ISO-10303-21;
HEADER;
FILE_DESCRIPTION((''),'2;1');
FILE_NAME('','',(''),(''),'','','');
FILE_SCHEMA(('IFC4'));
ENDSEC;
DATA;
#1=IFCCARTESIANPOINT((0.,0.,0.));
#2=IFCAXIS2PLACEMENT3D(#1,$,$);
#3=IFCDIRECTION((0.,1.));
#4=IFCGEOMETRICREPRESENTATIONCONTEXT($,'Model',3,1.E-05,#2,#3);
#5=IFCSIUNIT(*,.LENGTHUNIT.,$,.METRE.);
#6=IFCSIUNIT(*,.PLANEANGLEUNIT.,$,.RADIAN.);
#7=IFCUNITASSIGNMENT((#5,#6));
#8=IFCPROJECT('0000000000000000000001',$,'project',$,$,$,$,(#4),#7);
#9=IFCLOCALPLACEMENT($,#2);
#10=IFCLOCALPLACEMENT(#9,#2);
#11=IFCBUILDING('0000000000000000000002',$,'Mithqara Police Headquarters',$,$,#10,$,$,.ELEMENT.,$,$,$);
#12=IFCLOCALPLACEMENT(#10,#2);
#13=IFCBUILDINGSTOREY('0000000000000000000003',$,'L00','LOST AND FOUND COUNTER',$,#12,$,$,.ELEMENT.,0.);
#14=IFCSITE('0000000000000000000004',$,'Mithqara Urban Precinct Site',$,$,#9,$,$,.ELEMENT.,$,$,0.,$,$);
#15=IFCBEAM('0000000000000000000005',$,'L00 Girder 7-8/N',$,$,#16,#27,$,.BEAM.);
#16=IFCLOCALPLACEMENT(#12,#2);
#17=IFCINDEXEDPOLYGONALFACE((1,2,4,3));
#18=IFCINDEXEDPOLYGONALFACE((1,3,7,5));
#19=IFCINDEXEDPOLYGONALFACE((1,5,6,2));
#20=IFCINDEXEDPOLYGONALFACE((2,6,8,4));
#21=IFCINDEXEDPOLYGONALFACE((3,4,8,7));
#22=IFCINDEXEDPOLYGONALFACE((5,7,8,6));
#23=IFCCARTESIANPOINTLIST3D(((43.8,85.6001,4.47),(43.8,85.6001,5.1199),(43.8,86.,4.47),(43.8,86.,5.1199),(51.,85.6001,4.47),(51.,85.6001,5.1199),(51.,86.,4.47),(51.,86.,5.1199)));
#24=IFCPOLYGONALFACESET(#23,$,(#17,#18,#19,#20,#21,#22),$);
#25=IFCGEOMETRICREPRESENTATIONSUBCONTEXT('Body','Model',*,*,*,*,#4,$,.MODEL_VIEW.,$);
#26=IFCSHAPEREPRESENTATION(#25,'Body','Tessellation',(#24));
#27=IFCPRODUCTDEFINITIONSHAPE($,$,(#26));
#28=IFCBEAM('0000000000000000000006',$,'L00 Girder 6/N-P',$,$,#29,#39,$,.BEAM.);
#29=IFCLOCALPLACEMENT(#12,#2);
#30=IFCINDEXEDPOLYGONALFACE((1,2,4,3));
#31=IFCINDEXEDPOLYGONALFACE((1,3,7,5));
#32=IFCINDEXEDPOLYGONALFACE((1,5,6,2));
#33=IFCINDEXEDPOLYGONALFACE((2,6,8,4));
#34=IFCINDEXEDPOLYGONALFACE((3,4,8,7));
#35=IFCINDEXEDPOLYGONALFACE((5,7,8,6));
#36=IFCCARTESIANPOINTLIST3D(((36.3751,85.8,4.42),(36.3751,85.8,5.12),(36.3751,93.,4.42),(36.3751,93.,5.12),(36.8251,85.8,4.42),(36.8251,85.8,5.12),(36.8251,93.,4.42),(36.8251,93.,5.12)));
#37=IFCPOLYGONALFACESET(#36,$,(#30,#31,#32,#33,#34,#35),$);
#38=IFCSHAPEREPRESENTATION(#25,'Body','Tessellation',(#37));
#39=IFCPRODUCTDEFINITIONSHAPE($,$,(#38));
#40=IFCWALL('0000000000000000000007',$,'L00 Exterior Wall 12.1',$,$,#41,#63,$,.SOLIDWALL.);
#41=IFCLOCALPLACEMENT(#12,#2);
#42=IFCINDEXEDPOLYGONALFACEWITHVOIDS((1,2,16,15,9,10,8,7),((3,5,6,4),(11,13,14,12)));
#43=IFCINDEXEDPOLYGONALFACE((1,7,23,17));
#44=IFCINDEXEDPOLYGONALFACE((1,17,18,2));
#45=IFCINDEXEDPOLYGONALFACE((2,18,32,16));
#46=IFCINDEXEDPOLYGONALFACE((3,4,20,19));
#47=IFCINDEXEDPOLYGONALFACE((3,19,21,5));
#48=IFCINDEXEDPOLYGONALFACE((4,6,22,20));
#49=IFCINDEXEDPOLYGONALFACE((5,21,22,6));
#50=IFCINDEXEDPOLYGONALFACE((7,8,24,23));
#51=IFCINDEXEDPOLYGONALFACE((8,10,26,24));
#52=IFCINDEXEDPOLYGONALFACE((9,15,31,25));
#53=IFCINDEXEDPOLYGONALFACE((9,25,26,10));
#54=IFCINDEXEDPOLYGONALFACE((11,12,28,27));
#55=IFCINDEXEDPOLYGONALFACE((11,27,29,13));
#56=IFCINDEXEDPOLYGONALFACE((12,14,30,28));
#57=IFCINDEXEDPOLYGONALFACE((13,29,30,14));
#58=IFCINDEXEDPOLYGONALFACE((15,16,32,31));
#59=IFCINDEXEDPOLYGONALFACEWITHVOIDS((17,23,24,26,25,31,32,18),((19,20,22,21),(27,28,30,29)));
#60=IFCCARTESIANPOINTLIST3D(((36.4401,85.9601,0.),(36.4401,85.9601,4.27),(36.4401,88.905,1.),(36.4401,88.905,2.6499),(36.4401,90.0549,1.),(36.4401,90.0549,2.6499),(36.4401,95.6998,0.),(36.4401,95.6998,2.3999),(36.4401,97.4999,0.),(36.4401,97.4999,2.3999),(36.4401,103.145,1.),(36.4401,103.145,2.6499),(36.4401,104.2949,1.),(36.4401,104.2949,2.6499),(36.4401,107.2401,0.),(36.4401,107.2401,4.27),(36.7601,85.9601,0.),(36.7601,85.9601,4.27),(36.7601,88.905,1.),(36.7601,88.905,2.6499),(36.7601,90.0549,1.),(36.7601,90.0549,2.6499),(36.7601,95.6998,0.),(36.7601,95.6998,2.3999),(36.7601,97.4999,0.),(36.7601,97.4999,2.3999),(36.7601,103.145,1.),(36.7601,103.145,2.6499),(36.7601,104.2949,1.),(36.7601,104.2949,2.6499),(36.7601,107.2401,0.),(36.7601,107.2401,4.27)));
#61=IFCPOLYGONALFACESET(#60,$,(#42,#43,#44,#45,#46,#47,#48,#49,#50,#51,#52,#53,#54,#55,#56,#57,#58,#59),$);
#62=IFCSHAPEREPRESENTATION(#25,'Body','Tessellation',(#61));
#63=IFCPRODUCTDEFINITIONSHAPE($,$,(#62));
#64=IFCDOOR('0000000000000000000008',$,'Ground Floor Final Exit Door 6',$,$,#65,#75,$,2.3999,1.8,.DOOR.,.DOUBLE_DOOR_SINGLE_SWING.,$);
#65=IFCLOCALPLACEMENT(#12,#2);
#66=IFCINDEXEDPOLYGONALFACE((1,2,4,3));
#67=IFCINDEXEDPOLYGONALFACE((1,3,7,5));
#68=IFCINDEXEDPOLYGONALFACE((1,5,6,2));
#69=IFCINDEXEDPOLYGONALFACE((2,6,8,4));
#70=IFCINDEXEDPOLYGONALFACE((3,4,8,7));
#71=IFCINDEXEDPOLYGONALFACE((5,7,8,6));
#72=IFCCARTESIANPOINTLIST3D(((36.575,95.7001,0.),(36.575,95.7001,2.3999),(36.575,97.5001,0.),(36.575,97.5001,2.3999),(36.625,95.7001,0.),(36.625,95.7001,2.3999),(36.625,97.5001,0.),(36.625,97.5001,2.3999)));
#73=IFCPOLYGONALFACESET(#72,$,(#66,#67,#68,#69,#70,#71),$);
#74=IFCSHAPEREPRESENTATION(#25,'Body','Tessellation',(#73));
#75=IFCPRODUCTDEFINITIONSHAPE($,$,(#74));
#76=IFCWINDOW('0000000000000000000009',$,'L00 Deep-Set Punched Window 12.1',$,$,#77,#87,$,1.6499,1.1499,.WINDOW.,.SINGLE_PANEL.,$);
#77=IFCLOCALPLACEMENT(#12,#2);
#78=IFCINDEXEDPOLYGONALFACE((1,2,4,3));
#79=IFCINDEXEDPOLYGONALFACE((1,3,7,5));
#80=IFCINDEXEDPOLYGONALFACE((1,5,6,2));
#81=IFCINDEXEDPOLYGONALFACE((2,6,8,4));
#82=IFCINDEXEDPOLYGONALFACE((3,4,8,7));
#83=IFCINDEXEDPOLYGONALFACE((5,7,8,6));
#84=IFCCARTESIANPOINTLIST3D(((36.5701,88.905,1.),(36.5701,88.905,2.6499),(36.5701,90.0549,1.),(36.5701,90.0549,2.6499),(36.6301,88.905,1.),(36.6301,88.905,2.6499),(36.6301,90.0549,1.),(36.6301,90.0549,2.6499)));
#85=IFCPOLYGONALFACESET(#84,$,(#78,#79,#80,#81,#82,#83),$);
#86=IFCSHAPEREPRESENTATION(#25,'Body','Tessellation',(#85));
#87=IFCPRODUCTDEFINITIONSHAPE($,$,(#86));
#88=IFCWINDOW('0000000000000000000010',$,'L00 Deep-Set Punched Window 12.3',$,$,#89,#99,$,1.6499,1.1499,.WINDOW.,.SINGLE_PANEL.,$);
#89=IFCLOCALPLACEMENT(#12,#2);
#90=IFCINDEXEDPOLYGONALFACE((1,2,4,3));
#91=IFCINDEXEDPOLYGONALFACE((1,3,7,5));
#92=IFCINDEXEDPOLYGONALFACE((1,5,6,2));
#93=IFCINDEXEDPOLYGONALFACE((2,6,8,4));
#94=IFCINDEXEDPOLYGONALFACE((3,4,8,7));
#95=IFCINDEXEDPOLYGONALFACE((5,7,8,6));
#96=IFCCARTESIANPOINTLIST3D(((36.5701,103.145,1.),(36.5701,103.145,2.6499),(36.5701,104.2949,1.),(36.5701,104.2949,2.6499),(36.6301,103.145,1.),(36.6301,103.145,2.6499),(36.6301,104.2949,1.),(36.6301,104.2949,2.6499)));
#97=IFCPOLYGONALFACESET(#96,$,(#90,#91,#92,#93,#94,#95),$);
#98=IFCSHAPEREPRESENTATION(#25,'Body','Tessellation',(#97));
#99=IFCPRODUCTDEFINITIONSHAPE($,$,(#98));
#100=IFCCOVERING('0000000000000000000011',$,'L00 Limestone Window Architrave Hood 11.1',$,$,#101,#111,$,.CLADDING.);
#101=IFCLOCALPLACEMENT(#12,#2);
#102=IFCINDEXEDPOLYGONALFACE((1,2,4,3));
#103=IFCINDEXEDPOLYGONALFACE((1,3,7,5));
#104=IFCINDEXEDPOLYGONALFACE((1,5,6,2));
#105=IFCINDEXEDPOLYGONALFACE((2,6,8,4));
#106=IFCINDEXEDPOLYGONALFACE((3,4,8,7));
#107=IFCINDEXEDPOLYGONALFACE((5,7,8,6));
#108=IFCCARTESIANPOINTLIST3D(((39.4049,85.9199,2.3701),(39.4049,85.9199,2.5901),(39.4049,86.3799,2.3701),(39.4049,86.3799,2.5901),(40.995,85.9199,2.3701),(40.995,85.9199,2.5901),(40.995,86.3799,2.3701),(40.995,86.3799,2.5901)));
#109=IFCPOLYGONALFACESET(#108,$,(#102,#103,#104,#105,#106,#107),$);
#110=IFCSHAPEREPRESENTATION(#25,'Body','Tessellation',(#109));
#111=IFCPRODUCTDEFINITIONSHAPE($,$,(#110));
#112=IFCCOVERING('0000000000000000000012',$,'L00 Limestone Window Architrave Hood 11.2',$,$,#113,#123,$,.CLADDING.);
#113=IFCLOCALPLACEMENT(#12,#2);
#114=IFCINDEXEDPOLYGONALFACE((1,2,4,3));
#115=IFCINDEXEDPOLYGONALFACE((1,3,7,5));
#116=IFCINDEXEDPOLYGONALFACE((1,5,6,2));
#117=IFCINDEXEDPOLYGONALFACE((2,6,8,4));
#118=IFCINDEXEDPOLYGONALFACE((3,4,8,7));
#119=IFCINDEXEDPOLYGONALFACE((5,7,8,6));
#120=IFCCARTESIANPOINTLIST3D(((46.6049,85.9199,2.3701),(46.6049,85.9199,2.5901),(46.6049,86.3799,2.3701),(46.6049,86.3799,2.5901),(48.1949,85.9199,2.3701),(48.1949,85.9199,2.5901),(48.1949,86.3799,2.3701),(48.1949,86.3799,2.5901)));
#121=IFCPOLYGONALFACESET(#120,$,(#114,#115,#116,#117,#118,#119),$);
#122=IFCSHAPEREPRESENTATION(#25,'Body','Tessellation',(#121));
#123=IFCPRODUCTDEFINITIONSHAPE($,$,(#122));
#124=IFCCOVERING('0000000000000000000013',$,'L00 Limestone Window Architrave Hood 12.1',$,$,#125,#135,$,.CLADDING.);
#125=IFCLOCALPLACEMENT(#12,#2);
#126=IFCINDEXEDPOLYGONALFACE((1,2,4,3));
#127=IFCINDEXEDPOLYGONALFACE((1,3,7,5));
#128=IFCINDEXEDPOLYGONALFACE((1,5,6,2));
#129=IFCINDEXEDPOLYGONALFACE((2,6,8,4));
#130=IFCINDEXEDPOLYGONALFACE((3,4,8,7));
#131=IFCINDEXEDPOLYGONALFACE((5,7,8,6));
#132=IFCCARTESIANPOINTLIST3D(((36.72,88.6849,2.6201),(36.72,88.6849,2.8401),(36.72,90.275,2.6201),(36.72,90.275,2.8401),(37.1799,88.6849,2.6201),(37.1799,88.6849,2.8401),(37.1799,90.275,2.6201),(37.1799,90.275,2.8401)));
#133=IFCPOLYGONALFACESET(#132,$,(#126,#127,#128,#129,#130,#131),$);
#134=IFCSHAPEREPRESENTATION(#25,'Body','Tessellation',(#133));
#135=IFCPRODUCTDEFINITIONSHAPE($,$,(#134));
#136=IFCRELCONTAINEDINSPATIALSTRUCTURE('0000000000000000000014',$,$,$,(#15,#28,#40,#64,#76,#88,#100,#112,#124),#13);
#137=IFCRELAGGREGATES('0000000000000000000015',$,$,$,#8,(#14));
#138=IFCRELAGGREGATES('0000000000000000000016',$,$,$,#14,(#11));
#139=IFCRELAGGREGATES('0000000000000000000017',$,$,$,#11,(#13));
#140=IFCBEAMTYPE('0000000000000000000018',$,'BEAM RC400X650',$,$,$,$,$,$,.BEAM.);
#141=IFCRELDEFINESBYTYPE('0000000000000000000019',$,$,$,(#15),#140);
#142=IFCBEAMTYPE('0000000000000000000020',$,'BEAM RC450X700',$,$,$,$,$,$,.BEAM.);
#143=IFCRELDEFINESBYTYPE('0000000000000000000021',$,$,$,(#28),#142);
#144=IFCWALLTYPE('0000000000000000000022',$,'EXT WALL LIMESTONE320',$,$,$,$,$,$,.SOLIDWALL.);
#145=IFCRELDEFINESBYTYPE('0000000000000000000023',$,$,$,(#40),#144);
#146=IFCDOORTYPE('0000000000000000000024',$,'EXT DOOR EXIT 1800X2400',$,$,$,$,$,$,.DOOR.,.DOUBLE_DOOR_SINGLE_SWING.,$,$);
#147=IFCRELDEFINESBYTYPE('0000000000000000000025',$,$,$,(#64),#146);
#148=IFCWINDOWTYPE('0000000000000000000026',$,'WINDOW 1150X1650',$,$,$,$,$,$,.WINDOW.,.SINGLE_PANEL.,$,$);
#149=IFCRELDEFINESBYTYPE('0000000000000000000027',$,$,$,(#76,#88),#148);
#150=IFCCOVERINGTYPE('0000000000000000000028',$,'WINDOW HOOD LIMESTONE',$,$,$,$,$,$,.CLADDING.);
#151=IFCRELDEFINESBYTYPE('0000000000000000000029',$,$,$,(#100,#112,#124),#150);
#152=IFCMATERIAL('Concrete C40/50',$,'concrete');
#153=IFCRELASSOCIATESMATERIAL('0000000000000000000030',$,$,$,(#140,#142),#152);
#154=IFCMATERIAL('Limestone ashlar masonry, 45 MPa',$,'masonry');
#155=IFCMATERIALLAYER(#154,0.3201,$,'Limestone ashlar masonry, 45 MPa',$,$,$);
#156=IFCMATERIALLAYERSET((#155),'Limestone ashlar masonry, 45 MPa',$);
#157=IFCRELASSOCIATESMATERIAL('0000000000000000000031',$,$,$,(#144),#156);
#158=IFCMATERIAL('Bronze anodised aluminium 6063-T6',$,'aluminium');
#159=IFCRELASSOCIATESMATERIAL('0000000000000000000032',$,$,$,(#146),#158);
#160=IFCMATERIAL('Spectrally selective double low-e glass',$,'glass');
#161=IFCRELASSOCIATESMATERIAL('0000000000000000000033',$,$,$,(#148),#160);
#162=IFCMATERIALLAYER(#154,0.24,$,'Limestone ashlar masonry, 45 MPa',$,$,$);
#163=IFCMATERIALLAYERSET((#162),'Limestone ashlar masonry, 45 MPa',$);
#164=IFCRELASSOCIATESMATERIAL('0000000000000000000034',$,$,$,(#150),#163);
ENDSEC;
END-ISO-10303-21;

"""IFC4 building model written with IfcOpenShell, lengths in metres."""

from ifc_helpers import new_model, si_unit, direction, frame, frame_2d, origin, origin_2d, place, context, subcontext, project, spatial, rectangle, extrude, material, layer, layer_set, material_profile, profile_set, type_object, element, fill, save


model = new_model("IFC4")

# Units and contexts
model_context = context("Model", 3, precision=1e-05, world=origin(), true_north=direction((0.0, 1.0)))
body_context = subcontext(model_context, "Body", "Model", "MODEL_VIEW")
ifc_project = project(units=[si_unit("LENGTHUNIT", "METRE"), si_unit("PLANEANGLEUNIT", "RADIAN")], contexts=[model_context])

# Site, building, storey
site_placement = place(None, origin())
site = spatial("IfcSite", under=ifc_project, at=site_placement, Name="Mithqara Urban Precinct Site", CompositionType="ELEMENT", RefElevation=0.0)
building_placement = place(site_placement, origin())
building = spatial("IfcBuilding", under=site, at=building_placement, Name="Mithqara Police Headquarters", CompositionType="ELEMENT")
storey_placement = place(building_placement, origin())
storey = spatial("IfcBuildingStorey", under=building, at=storey_placement, Name="L00", Description="LOST AND FOUND COUNTER", CompositionType="ELEMENT", Elevation=0.0)

# Shared definitions
ifc_material_1 = material(Name="Concrete C40/50", Category="concrete")

# Beams
ifc_material_profile_1 = material_profile(ifc_material_1, rectangle(XDim=0.3999, YDim=0.6499, at=origin_2d()), Name="RC 400x650")
ifc_profile_set_1 = profile_set([ifc_material_profile_1], Name="Concrete C40/50")
beam_type_1 = type_object("IfcBeamType", Name="BEAM RC400X650", PredefinedType="BEAM", material=ifc_profile_set_1)
beam_1_placement = place(storey_placement, frame((43.8, 85.8, 4.7949), z_axis=(1.0, 0.0, 0.0), x_axis=(0.0, 1.0, 0.0)))
element("IfcBeam", 1, at=beam_1_placement, inside=storey, type_object=beam_type_1, Name="L00 Girder 7-8/N", PredefinedType="BEAM", context=body_context, shape_type="SweptSolid", body=[
    extrude(rectangle(XDim=0.3999, YDim=0.6499, at=origin_2d()), origin(), (0.0, 0.0, 1.0), 7.2),
])
ifc_material_profile_2 = material_profile(ifc_material_1, rectangle(XDim=0.45, YDim=0.7, at=origin_2d()), Name="RC 450x700")
ifc_profile_set_2 = profile_set([ifc_material_profile_2], Name="Concrete C40/50")
beam_type_2 = type_object("IfcBeamType", Name="BEAM RC450X700", PredefinedType="BEAM", material=ifc_profile_set_2)
beam_2_placement = place(storey_placement, frame((36.6001, 85.8, 4.77), z_axis=(0.0, 1.0, 0.0), x_axis=(-1.0, 0.0, 0.0)))
element("IfcBeam", 2, at=beam_2_placement, inside=storey, type_object=beam_type_2, Name="L00 Girder 6/N-P", PredefinedType="BEAM", context=body_context, shape_type="SweptSolid", body=[
    extrude(rectangle(XDim=0.45, YDim=0.7, at=origin_2d()), origin(), (0.0, 0.0, 1.0), 7.2),
])

# Wall, openings, door, windows
ifc_material_2 = material(Name="Limestone ashlar masonry, 45 MPa", Category="masonry")
ifc_layer_1 = layer(ifc_material_2, 0.3201, Name="Limestone ashlar masonry, 45 MPa")
ifc_layer_set_1 = layer_set([ifc_layer_1], Name="Limestone ashlar masonry, 45 MPa")
wall_type = type_object("IfcWallType", Name="EXT WALL LIMESTONE320", PredefinedType="SOLIDWALL", material=ifc_layer_set_1)
wall_placement = place(storey_placement, frame((36.6001, 85.96, 0.0), z_axis=(0.0, 0.0, 1.0), x_axis=(0.0, 1.0, 0.0)))
wall = element("IfcWall", 3, at=wall_placement, inside=storey, type_object=wall_type, Name="L00 Exterior Wall 12.1", PredefinedType="SOLIDWALL", context=body_context, shape_type="SweptSolid", body=[
    extrude(rectangle(XDim=21.28, YDim=0.3201, at=frame_2d((10.6401, 0.0))), origin(), (0.0, 0.0, 1.0), 4.27),
])
opening_1_placement = place(wall_placement, frame((9.74, 0.0, 0.0)))
opening_1 = element("IfcOpeningElement", 4, at=opening_1_placement, cuts=wall, PredefinedType="OPENING", context=body_context, shape_type="SweptSolid", body=[
    extrude(rectangle(XDim=1.8, YDim=2.3999, at=frame_2d((0.8999, 1.2))), frame((0.0, 0.1699, 0.0), z_axis=(0.0, -1.0, 0.0), x_axis=(1.0, 0.0, 0.0)), (0.0, 0.0, 1.0), 0.3401),
])
opening_2_placement = place(wall_placement, frame((2.9451, 0.0, 1.0)))
opening_2 = element("IfcOpeningElement", 5, at=opening_2_placement, cuts=wall, PredefinedType="OPENING", context=body_context, shape_type="SweptSolid", body=[
    extrude(rectangle(XDim=1.1499, YDim=1.6499, at=frame_2d((0.575, 0.825))), frame((0.0, 0.1699, 0.0), z_axis=(0.0, -1.0, 0.0), x_axis=(1.0, 0.0, 0.0)), (0.0, 0.0, 1.0), 0.3401),
])
opening_3_placement = place(wall_placement, frame((17.1851, 0.0, 1.0)))
opening_3 = element("IfcOpeningElement", 6, at=opening_3_placement, cuts=wall, PredefinedType="OPENING", context=body_context, shape_type="SweptSolid", body=[
    extrude(rectangle(XDim=1.1499, YDim=1.6499, at=frame_2d((0.575, 0.825))), frame((0.0, 0.1699, 0.0), z_axis=(0.0, -1.0, 0.0), x_axis=(1.0, 0.0, 0.0)), (0.0, 0.0, 1.0), 0.3401),
])
ifc_material_3 = material(Name="Bronze anodised aluminium 6063-T6", Category="aluminium")
door_type = type_object("IfcDoorType", Name="EXT DOOR EXIT 1800X2400", OperationType="DOUBLE_DOOR_SINGLE_SWING", PredefinedType="DOOR", material=ifc_material_3)
door_placement = place(opening_1_placement, frame((1.8, 0.0, 0.0), z_axis=(0.0, 0.0, 1.0), x_axis=(-1.0, 0.0, 0.0)))
door = element("IfcDoor", 7, at=door_placement, inside=storey, type_object=door_type, Name="Ground Floor Final Exit Door 6", OperationType="DOUBLE_DOOR_SINGLE_SWING", OverallHeight=2.3999, OverallWidth=1.8, PredefinedType="DOOR", context=body_context, shape_type="SweptSolid", body=[
    extrude(rectangle(XDim=1.8, YDim=2.3999, at=frame_2d((0.8999, 1.2))), frame((0.0, 0.0249, 0.0), z_axis=(0.0, -1.0, 0.0), x_axis=(1.0, 0.0, 0.0)), (0.0, 0.0, 1.0), 0.05),
])
fill(opening_1, door)
ifc_material_4 = material(Name="Spectrally selective double low-e glass", Category="glass")
window_type = type_object("IfcWindowType", Name="WINDOW 1150X1650", PartitioningType="SINGLE_PANEL", PredefinedType="WINDOW", material=ifc_material_4)
window_1_placement = place(opening_2_placement, origin())
window_1 = element("IfcWindow", 8, at=window_1_placement, inside=storey, type_object=window_type, Name="L00 Deep-Set Punched Window 12.1", OverallHeight=1.6499, OverallWidth=1.1499, PartitioningType="SINGLE_PANEL", PredefinedType="WINDOW", context=body_context, shape_type="SweptSolid", body=[
    extrude(rectangle(XDim=1.1499, YDim=1.6499, at=frame_2d((0.575, 0.825))), frame((0.0, 0.03, 0.0), z_axis=(0.0, -1.0, 0.0), x_axis=(1.0, 0.0, 0.0)), (0.0, 0.0, 1.0), 0.0601),
])
fill(opening_2, window_1)
window_2_placement = place(opening_3_placement, origin())
window_2 = element("IfcWindow", 9, at=window_2_placement, inside=storey, type_object=window_type, Name="L00 Deep-Set Punched Window 12.3", OverallHeight=1.6499, OverallWidth=1.1499, PartitioningType="SINGLE_PANEL", PredefinedType="WINDOW", context=body_context, shape_type="SweptSolid", body=[
    extrude(rectangle(XDim=1.1499, YDim=1.6499, at=frame_2d((0.575, 0.825))), frame((0.0, 0.03, 0.0), z_axis=(0.0, -1.0, 0.0), x_axis=(1.0, 0.0, 0.0)), (0.0, 0.0, 1.0), 0.0601),
])
fill(opening_3, window_2)

# Coverings
ifc_layer_2 = layer(ifc_material_2, 0.24, Name="Limestone ashlar masonry, 45 MPa")
ifc_layer_set_2 = layer_set([ifc_layer_2], Name="Limestone ashlar masonry, 45 MPa")
covering_type = type_object("IfcCoveringType", Name="WINDOW HOOD LIMESTONE", PredefinedType="CLADDING", material=ifc_layer_set_2)
for number, where, z_axis, x_axis, name in (
    (10, (40.2, 86.1499, 2.3701), (0.0, 0.0, 1.0), (1.0, 0.0, 0.0), "L00 Limestone Window Architrave Hood 11.1"),
    (11, (47.3999, 86.1499, 2.3701), (0.0, 0.0, 1.0), (1.0, 0.0, 0.0), "L00 Limestone Window Architrave Hood 11.2"),
    (12, (36.95, 89.48, 2.6201), (0.0, 0.0, 1.0), (0.0, 1.0, 0.0), "L00 Limestone Window Architrave Hood 12.1"),
):
    element("IfcCovering", number, at=place(storey_placement, frame(where, z_axis=z_axis, x_axis=x_axis)), inside=storey, type_object=covering_type, Name=name, PredefinedType="CLADDING", context=body_context, shape_type="SweptSolid", body=[
        extrude(rectangle(XDim=1.5901, YDim=0.46, at=origin_2d()), origin(), (0.0, 0.0, 1.0), 0.22),
    ])

save(model, "model.ifc")
